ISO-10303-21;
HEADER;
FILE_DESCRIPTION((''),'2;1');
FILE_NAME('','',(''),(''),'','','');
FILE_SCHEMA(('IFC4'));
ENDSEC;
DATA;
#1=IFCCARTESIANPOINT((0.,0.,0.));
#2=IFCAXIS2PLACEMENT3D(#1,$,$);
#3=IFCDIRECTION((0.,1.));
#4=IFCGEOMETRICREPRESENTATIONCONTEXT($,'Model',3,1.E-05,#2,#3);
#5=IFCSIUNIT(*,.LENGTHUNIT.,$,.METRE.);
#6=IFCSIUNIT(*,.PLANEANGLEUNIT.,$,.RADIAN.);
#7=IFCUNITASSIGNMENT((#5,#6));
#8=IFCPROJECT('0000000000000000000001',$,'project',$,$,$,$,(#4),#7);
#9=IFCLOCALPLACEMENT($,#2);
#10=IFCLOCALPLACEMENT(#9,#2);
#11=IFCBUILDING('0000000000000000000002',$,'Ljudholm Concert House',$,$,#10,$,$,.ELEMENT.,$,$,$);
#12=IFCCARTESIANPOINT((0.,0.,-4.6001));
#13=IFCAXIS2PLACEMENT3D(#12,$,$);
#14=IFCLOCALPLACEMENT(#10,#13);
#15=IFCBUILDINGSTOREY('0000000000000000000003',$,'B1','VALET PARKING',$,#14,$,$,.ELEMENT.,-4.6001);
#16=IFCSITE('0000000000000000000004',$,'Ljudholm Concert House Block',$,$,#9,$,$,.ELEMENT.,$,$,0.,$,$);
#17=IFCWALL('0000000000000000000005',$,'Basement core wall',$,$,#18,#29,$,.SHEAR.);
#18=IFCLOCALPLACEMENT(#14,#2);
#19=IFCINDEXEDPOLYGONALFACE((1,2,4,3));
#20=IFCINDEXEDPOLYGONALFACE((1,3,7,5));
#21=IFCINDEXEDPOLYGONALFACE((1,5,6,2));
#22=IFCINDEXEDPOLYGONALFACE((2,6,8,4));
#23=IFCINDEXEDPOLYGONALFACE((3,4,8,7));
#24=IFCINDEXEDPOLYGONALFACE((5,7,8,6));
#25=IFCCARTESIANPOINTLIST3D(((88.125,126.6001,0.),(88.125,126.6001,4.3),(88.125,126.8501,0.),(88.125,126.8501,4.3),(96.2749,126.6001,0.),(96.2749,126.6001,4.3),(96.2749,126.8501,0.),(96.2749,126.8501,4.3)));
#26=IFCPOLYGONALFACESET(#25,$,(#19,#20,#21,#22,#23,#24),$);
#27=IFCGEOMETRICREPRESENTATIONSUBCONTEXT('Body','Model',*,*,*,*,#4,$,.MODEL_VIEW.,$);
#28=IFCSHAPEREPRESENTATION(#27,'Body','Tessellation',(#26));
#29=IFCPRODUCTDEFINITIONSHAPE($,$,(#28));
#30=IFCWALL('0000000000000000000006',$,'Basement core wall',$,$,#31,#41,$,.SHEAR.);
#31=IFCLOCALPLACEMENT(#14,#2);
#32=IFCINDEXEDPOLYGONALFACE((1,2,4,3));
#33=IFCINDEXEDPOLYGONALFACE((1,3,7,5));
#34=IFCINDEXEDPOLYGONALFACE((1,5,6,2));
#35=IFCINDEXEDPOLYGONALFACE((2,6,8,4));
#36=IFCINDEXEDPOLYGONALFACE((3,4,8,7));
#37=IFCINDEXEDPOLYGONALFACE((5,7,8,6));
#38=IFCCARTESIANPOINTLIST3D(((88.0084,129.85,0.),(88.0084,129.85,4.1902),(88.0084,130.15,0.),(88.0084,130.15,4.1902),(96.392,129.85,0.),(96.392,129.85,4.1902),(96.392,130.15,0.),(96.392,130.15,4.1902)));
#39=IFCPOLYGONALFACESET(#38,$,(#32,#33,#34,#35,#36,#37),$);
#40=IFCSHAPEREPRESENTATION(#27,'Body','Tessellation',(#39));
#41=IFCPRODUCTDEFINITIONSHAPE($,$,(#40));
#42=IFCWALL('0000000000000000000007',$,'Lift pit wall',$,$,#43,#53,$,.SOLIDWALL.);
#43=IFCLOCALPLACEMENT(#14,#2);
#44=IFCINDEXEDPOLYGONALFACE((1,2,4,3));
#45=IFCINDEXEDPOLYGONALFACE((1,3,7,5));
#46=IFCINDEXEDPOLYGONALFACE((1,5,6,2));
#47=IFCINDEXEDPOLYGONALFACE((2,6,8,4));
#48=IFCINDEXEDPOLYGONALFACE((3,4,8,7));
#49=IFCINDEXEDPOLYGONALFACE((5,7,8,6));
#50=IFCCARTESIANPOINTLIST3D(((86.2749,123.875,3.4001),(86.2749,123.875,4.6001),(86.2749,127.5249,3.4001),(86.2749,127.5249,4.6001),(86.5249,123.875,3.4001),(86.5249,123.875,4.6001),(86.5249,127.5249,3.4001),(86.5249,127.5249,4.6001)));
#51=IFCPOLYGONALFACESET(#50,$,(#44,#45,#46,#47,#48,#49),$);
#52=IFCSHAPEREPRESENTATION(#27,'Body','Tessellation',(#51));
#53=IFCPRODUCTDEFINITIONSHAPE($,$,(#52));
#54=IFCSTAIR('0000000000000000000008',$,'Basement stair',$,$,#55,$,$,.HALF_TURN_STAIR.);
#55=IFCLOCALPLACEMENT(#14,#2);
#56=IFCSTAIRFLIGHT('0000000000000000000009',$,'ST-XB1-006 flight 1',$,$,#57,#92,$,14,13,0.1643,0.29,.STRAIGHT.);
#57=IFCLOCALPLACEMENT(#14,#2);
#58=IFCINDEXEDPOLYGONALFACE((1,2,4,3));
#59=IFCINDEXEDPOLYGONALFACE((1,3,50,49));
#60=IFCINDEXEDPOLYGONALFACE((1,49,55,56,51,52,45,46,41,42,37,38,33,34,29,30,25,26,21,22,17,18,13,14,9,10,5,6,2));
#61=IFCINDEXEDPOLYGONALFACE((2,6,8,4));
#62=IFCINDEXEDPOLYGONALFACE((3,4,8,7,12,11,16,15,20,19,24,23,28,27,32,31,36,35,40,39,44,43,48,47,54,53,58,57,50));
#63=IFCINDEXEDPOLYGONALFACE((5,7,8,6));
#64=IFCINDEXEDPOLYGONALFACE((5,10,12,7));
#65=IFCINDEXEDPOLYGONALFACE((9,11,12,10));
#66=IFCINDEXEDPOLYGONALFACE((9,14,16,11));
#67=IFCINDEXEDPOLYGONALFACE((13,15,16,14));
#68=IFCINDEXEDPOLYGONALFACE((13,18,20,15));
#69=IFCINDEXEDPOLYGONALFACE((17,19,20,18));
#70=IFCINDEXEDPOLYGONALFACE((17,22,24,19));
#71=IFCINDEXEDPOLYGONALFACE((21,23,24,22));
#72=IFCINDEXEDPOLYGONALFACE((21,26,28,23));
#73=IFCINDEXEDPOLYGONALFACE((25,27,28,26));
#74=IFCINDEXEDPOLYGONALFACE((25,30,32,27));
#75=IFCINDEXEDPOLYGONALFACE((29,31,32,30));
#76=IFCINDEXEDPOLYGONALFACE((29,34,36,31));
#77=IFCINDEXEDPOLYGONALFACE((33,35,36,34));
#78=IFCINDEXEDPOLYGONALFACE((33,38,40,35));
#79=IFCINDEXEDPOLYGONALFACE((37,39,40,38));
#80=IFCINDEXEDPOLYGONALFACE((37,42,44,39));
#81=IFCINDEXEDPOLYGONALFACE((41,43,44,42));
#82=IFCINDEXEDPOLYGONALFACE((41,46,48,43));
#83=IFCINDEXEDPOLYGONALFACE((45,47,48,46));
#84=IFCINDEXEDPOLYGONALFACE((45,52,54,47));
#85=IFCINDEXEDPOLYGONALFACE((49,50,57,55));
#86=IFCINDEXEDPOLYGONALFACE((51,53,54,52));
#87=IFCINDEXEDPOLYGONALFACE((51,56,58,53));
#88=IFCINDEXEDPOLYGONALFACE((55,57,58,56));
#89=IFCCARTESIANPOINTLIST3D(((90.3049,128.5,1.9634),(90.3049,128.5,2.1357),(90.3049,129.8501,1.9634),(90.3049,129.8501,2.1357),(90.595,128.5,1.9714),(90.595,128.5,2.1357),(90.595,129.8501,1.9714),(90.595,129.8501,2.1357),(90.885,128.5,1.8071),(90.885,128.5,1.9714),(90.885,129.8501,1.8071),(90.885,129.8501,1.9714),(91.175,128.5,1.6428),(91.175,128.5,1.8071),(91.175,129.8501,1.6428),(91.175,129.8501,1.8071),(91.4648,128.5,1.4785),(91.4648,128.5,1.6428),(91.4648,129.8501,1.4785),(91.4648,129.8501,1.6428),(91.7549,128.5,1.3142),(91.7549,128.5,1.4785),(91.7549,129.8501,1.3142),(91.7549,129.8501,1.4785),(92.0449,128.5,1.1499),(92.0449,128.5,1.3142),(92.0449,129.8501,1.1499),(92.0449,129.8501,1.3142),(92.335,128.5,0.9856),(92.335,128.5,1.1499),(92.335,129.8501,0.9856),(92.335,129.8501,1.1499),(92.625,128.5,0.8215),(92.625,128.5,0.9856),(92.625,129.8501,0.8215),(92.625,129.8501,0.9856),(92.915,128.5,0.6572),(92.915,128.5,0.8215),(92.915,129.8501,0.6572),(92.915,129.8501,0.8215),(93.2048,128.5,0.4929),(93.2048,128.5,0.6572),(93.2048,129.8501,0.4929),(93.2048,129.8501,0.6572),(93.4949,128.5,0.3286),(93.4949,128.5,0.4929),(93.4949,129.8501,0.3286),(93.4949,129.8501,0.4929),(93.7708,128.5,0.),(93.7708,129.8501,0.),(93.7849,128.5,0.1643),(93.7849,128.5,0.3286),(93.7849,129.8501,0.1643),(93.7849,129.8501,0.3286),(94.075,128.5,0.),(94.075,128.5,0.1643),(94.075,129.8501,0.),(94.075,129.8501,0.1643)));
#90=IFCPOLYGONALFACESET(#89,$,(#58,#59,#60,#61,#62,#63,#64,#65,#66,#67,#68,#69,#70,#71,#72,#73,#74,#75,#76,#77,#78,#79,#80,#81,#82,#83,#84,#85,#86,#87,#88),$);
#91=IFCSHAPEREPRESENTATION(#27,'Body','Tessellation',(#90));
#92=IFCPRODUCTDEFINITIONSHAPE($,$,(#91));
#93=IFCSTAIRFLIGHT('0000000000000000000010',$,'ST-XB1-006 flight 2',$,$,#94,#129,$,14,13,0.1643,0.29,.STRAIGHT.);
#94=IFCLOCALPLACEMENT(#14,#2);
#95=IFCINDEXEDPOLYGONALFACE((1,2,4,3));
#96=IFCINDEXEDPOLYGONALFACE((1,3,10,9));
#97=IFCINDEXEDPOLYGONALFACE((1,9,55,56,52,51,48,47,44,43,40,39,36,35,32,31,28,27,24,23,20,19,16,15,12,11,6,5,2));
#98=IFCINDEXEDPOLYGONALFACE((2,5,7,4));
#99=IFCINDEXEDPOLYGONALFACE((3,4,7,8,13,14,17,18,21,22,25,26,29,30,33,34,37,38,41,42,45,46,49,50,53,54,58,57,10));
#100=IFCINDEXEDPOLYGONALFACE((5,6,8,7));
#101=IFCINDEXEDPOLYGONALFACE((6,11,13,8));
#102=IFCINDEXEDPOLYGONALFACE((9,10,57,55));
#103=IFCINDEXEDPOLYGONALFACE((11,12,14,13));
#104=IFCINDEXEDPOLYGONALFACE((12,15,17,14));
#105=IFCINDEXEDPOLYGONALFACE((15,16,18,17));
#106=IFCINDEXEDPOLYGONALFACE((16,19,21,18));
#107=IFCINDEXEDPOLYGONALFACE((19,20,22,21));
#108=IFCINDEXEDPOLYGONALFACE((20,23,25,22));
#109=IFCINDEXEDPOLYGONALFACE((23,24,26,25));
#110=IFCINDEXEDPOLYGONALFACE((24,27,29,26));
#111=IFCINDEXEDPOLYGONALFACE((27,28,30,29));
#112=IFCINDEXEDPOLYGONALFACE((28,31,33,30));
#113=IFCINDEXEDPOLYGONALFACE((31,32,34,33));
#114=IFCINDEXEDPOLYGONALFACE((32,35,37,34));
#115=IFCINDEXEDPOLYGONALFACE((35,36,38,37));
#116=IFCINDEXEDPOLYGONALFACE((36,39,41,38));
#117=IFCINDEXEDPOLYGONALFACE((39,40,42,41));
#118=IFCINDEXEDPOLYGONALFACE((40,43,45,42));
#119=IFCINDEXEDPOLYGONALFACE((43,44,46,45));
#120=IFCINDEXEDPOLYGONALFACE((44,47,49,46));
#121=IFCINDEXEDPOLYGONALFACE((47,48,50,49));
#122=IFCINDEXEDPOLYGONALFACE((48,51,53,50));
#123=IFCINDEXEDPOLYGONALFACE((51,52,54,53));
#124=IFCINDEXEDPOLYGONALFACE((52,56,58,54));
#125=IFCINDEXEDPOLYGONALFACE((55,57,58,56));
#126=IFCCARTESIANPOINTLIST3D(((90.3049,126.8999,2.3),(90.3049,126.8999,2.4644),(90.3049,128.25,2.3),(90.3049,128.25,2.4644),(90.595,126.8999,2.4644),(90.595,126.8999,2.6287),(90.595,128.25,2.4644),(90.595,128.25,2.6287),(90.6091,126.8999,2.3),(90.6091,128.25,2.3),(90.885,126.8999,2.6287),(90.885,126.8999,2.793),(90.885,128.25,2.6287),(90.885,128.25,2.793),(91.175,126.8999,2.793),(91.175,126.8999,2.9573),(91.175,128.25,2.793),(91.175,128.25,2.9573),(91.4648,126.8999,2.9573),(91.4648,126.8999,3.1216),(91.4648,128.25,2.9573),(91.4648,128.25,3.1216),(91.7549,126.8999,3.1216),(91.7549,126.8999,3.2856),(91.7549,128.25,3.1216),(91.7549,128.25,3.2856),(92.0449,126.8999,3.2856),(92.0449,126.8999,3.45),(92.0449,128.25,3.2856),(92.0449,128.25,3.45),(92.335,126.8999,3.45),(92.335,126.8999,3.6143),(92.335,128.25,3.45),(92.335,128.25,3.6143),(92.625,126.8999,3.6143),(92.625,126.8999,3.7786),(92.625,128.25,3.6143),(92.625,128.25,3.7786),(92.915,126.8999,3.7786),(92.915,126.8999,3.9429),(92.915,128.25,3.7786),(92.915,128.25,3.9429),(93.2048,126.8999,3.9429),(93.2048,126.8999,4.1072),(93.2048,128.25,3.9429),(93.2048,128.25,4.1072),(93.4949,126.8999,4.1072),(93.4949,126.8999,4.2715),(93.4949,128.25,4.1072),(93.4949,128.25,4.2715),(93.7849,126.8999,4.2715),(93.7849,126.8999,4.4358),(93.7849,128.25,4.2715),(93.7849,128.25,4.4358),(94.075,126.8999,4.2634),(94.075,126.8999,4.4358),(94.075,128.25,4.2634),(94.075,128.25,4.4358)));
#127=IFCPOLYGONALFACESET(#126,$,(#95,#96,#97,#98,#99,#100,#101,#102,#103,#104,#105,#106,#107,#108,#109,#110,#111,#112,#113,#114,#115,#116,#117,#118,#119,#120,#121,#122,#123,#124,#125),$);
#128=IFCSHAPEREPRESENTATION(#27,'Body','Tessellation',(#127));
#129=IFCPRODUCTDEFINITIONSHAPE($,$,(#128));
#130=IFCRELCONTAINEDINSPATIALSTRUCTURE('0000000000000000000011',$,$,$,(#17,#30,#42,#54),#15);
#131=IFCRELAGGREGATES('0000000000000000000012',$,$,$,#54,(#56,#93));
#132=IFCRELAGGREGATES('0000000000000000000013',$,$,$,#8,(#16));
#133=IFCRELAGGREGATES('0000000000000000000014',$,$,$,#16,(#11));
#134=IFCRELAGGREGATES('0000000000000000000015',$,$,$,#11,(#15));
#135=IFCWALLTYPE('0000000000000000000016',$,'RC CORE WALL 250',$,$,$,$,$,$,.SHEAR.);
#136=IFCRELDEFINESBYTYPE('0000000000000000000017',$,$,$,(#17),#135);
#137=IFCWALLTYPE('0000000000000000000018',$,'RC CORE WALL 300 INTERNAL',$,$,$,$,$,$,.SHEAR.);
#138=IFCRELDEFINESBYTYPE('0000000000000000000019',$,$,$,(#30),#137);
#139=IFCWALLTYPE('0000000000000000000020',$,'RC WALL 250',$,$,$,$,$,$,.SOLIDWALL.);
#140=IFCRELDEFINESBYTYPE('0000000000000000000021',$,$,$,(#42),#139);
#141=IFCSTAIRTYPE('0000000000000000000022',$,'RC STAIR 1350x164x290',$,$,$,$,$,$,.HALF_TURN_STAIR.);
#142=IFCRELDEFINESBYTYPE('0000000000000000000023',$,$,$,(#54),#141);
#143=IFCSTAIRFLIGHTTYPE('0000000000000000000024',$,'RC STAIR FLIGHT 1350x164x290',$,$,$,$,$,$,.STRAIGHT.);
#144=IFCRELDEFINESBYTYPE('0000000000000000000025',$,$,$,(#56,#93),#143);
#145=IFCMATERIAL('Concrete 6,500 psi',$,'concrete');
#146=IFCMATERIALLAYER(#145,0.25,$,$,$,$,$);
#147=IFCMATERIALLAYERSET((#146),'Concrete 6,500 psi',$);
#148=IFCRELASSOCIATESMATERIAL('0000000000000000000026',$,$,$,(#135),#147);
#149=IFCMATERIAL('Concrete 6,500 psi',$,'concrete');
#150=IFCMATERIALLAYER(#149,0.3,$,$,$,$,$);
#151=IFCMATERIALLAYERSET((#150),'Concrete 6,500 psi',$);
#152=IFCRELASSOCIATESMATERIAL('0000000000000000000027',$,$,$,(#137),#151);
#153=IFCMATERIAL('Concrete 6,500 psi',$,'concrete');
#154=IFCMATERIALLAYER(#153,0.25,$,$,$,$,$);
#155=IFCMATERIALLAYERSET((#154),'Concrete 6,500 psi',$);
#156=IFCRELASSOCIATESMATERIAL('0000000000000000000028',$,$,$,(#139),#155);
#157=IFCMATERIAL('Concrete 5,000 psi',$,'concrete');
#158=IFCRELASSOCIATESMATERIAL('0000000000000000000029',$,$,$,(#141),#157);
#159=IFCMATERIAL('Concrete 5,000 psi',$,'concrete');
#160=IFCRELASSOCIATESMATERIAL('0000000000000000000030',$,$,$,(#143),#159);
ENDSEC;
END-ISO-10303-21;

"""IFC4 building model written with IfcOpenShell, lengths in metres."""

from ifc_helpers import new_model, si_unit, direction, frame, frame_2d, origin, place, context, subcontext, project, spatial, polyline, rectangle, outline, extrude, material, layer, layer_set, type_object, element, aggregate, save


model = new_model("IFC4")

# Units and contexts
model_context = context("Model", 3, precision=1e-05, world=origin(), true_north=direction((0.0, 1.0)))
body_context = subcontext(model_context, "Body", "Model", "MODEL_VIEW")
ifc_project = project(units=[si_unit("LENGTHUNIT", "METRE"), si_unit("PLANEANGLEUNIT", "RADIAN")], contexts=[model_context])

# Site, building, storey
site_placement = place(None, origin())
site = spatial("IfcSite", under=ifc_project, at=site_placement, Name="Ljudholm Concert House Block", CompositionType="ELEMENT", RefElevation=0.0)
building_placement = place(site_placement, origin())
building = spatial("IfcBuilding", under=site, at=building_placement, Name="Ljudholm Concert House", CompositionType="ELEMENT")
storey_placement = place(building_placement, frame((0.0, 0.0, -4.6001)))
storey = spatial("IfcBuildingStorey", under=building, at=storey_placement, Name="B1", Description="VALET PARKING", CompositionType="ELEMENT", Elevation=-4.6001)

# Walls
ifc_material_1 = material(Name="Concrete 6,500 psi", Category="concrete")
ifc_layer_1 = layer(ifc_material_1, 0.25)
ifc_layer_set_1 = layer_set([ifc_layer_1], Name="Concrete 6,500 psi")
wall_type_1 = type_object("IfcWallType", Name="RC CORE WALL 250", PredefinedType="SHEAR", material=ifc_layer_set_1)
wall_1_placement = place(storey_placement, frame((88.125, 126.7251, 0.0), z_axis=(0.0, 0.0, 1.0), x_axis=(1.0, 0.0, 0.0)))
element("IfcWall", 1, at=wall_1_placement, inside=storey, type_object=wall_type_1, Name="Basement core wall", PredefinedType="SHEAR", context=body_context, shape_type="SweptSolid", body=[
    extrude(rectangle(XDim=8.1499, YDim=0.25, at=frame_2d((4.075, 0.0))), origin(), (0.0, 0.0, 1.0), 4.3),
])
ifc_material_2 = material(Name="Concrete 6,500 psi", Category="concrete")
ifc_layer_2 = layer(ifc_material_2, 0.3)
ifc_layer_set_2 = layer_set([ifc_layer_2], Name="Concrete 6,500 psi")
wall_type_2 = type_object("IfcWallType", Name="RC CORE WALL 300 INTERNAL", PredefinedType="SHEAR", material=ifc_layer_set_2)
wall_2_placement = place(storey_placement, frame((88.0083, 130.0, 0.0), z_axis=(0.0, 0.0, 1.0), x_axis=(1.0, 0.0, 0.0)))
element("IfcWall", 2, at=wall_2_placement, inside=storey, type_object=wall_type_2, Name="Basement core wall", PredefinedType="SHEAR", context=body_context, shape_type="SweptSolid", body=[
    extrude(rectangle(XDim=8.3835, YDim=0.3, at=frame_2d((4.1919, 0.0))), origin(), (0.0, 0.0, 1.0), 4.1902),
])
ifc_material_3 = material(Name="Concrete 6,500 psi", Category="concrete")
ifc_layer_3 = layer(ifc_material_3, 0.25)
ifc_layer_set_3 = layer_set([ifc_layer_3], Name="Concrete 6,500 psi")
wall_type_3 = type_object("IfcWallType", Name="RC WALL 250", PredefinedType="SOLIDWALL", material=ifc_layer_set_3)
wall_3_placement = place(storey_placement, frame((86.3999, 123.875, 3.4001), z_axis=(0.0, 0.0, 1.0), x_axis=(0.0, 1.0, 0.0)))
element("IfcWall", 3, at=wall_3_placement, inside=storey, type_object=wall_type_3, Name="Lift pit wall", PredefinedType="SOLIDWALL", context=body_context, shape_type="SweptSolid", body=[
    extrude(rectangle(XDim=3.6499, YDim=0.25, at=frame_2d((1.825, 0.0))), origin(), (0.0, 0.0, 1.0), 1.2),
])

# Stair, stair flights
ifc_material_4 = material(Name="Concrete 5,000 psi", Category="concrete")
stair_type = type_object("IfcStairType", Name="RC STAIR 1350x164x290", PredefinedType="HALF_TURN_STAIR", material=ifc_material_4)
stair_placement = place(storey_placement, origin())
stair = element("IfcStair", 4, at=stair_placement, inside=storey, type_object=stair_type, Name="Basement stair", PredefinedType="HALF_TURN_STAIR")
ifc_material_5 = material(Name="Concrete 5,000 psi", Category="concrete")
stair_flight_type = type_object("IfcStairFlightType", Name="RC STAIR FLIGHT 1350x164x290", PredefinedType="STRAIGHT", material=ifc_material_5)
stair_flight_1_placement = place(storey_placement, frame((94.075, 129.175, 0.0), z_axis=(0.0, 0.0, 1.0), x_axis=(-1.0, 0.0, 0.0)))
stair_flight_1 = element("IfcStairFlight", 5, at=stair_flight_1_placement, type_object=stair_flight_type, Name="ST-XB1-006 flight 1", NumberOfRisers=14, NumberOfTreads=13, PredefinedType="STRAIGHT", RiserHeight=0.1643, TreadLength=0.29, context=body_context, shape_type="SweptSolid", body=[
    extrude(outline(polyline([(0.0, 0.0), (0.0, 0.1643), (0.29, 0.1643), (0.29, 0.3286), (0.5801, 0.3286), (0.5801, 0.4929), (0.8701, 0.4929), (0.8701, 0.6572), (1.1599, 0.6572), (1.1599, 0.8215), (1.45, 0.8215), (1.45, 0.9856), (1.74, 0.9856), (1.74, 1.1499), (2.03, 1.1499), (2.03, 1.3142), (2.3201, 1.3142), (2.3201, 1.4785), (2.6101, 1.4785), (2.6101, 1.6428), (2.8999, 1.6428), (2.8999, 1.8071), (3.1899, 1.8071), (3.1899, 1.9714), (3.48, 1.9714), (3.48, 2.1357), (3.77, 2.1357), (3.77, 2.3), (3.77, 1.9634), (0.3042, 0.0), (0.0, 0.0)])), frame((0.0, 0.675, 0.0), z_axis=(0.0, -1.0, 0.0), x_axis=(1.0, 0.0, 0.0)), (0.0, 0.0, 1.0), 1.3501),
])
stair_flight_2_placement = place(storey_placement, frame((90.3049, 127.575, 2.3), z_axis=(0.0, 0.0, 1.0), x_axis=(1.0, 0.0, 0.0)))
stair_flight_2 = element("IfcStairFlight", 6, at=stair_flight_2_placement, type_object=stair_flight_type, Name="ST-XB1-006 flight 2", NumberOfRisers=14, NumberOfTreads=13, PredefinedType="STRAIGHT", RiserHeight=0.1643, TreadLength=0.29, context=body_context, shape_type="SweptSolid", body=[
    extrude(outline(polyline([(0.0, 0.0), (0.0, 0.1643), (0.29, 0.1643), (0.29, 0.3286), (0.5801, 0.3286), (0.5801, 0.4929), (0.8701, 0.4929), (0.8701, 0.6572), (1.1599, 0.6572), (1.1599, 0.8215), (1.45, 0.8215), (1.45, 0.9856), (1.74, 0.9856), (1.74, 1.1499), (2.03, 1.1499), (2.03, 1.3142), (2.3201, 1.3142), (2.3201, 1.4785), (2.6101, 1.4785), (2.6101, 1.6428), (2.8999, 1.6428), (2.8999, 1.8071), (3.1899, 1.8071), (3.1899, 1.9714), (3.48, 1.9714), (3.48, 2.1357), (3.77, 2.1357), (3.77, 2.3), (3.77, 1.9634), (0.3042, 0.0), (0.0, 0.0)])), frame((0.0, 0.675, 0.0), z_axis=(0.0, -1.0, 0.0), x_axis=(1.0, 0.0, 0.0)), (0.0, 0.0, 1.0), 1.3501),
])
aggregate(stair, [stair_flight_1, stair_flight_2])

save(model, "model.ifc")
